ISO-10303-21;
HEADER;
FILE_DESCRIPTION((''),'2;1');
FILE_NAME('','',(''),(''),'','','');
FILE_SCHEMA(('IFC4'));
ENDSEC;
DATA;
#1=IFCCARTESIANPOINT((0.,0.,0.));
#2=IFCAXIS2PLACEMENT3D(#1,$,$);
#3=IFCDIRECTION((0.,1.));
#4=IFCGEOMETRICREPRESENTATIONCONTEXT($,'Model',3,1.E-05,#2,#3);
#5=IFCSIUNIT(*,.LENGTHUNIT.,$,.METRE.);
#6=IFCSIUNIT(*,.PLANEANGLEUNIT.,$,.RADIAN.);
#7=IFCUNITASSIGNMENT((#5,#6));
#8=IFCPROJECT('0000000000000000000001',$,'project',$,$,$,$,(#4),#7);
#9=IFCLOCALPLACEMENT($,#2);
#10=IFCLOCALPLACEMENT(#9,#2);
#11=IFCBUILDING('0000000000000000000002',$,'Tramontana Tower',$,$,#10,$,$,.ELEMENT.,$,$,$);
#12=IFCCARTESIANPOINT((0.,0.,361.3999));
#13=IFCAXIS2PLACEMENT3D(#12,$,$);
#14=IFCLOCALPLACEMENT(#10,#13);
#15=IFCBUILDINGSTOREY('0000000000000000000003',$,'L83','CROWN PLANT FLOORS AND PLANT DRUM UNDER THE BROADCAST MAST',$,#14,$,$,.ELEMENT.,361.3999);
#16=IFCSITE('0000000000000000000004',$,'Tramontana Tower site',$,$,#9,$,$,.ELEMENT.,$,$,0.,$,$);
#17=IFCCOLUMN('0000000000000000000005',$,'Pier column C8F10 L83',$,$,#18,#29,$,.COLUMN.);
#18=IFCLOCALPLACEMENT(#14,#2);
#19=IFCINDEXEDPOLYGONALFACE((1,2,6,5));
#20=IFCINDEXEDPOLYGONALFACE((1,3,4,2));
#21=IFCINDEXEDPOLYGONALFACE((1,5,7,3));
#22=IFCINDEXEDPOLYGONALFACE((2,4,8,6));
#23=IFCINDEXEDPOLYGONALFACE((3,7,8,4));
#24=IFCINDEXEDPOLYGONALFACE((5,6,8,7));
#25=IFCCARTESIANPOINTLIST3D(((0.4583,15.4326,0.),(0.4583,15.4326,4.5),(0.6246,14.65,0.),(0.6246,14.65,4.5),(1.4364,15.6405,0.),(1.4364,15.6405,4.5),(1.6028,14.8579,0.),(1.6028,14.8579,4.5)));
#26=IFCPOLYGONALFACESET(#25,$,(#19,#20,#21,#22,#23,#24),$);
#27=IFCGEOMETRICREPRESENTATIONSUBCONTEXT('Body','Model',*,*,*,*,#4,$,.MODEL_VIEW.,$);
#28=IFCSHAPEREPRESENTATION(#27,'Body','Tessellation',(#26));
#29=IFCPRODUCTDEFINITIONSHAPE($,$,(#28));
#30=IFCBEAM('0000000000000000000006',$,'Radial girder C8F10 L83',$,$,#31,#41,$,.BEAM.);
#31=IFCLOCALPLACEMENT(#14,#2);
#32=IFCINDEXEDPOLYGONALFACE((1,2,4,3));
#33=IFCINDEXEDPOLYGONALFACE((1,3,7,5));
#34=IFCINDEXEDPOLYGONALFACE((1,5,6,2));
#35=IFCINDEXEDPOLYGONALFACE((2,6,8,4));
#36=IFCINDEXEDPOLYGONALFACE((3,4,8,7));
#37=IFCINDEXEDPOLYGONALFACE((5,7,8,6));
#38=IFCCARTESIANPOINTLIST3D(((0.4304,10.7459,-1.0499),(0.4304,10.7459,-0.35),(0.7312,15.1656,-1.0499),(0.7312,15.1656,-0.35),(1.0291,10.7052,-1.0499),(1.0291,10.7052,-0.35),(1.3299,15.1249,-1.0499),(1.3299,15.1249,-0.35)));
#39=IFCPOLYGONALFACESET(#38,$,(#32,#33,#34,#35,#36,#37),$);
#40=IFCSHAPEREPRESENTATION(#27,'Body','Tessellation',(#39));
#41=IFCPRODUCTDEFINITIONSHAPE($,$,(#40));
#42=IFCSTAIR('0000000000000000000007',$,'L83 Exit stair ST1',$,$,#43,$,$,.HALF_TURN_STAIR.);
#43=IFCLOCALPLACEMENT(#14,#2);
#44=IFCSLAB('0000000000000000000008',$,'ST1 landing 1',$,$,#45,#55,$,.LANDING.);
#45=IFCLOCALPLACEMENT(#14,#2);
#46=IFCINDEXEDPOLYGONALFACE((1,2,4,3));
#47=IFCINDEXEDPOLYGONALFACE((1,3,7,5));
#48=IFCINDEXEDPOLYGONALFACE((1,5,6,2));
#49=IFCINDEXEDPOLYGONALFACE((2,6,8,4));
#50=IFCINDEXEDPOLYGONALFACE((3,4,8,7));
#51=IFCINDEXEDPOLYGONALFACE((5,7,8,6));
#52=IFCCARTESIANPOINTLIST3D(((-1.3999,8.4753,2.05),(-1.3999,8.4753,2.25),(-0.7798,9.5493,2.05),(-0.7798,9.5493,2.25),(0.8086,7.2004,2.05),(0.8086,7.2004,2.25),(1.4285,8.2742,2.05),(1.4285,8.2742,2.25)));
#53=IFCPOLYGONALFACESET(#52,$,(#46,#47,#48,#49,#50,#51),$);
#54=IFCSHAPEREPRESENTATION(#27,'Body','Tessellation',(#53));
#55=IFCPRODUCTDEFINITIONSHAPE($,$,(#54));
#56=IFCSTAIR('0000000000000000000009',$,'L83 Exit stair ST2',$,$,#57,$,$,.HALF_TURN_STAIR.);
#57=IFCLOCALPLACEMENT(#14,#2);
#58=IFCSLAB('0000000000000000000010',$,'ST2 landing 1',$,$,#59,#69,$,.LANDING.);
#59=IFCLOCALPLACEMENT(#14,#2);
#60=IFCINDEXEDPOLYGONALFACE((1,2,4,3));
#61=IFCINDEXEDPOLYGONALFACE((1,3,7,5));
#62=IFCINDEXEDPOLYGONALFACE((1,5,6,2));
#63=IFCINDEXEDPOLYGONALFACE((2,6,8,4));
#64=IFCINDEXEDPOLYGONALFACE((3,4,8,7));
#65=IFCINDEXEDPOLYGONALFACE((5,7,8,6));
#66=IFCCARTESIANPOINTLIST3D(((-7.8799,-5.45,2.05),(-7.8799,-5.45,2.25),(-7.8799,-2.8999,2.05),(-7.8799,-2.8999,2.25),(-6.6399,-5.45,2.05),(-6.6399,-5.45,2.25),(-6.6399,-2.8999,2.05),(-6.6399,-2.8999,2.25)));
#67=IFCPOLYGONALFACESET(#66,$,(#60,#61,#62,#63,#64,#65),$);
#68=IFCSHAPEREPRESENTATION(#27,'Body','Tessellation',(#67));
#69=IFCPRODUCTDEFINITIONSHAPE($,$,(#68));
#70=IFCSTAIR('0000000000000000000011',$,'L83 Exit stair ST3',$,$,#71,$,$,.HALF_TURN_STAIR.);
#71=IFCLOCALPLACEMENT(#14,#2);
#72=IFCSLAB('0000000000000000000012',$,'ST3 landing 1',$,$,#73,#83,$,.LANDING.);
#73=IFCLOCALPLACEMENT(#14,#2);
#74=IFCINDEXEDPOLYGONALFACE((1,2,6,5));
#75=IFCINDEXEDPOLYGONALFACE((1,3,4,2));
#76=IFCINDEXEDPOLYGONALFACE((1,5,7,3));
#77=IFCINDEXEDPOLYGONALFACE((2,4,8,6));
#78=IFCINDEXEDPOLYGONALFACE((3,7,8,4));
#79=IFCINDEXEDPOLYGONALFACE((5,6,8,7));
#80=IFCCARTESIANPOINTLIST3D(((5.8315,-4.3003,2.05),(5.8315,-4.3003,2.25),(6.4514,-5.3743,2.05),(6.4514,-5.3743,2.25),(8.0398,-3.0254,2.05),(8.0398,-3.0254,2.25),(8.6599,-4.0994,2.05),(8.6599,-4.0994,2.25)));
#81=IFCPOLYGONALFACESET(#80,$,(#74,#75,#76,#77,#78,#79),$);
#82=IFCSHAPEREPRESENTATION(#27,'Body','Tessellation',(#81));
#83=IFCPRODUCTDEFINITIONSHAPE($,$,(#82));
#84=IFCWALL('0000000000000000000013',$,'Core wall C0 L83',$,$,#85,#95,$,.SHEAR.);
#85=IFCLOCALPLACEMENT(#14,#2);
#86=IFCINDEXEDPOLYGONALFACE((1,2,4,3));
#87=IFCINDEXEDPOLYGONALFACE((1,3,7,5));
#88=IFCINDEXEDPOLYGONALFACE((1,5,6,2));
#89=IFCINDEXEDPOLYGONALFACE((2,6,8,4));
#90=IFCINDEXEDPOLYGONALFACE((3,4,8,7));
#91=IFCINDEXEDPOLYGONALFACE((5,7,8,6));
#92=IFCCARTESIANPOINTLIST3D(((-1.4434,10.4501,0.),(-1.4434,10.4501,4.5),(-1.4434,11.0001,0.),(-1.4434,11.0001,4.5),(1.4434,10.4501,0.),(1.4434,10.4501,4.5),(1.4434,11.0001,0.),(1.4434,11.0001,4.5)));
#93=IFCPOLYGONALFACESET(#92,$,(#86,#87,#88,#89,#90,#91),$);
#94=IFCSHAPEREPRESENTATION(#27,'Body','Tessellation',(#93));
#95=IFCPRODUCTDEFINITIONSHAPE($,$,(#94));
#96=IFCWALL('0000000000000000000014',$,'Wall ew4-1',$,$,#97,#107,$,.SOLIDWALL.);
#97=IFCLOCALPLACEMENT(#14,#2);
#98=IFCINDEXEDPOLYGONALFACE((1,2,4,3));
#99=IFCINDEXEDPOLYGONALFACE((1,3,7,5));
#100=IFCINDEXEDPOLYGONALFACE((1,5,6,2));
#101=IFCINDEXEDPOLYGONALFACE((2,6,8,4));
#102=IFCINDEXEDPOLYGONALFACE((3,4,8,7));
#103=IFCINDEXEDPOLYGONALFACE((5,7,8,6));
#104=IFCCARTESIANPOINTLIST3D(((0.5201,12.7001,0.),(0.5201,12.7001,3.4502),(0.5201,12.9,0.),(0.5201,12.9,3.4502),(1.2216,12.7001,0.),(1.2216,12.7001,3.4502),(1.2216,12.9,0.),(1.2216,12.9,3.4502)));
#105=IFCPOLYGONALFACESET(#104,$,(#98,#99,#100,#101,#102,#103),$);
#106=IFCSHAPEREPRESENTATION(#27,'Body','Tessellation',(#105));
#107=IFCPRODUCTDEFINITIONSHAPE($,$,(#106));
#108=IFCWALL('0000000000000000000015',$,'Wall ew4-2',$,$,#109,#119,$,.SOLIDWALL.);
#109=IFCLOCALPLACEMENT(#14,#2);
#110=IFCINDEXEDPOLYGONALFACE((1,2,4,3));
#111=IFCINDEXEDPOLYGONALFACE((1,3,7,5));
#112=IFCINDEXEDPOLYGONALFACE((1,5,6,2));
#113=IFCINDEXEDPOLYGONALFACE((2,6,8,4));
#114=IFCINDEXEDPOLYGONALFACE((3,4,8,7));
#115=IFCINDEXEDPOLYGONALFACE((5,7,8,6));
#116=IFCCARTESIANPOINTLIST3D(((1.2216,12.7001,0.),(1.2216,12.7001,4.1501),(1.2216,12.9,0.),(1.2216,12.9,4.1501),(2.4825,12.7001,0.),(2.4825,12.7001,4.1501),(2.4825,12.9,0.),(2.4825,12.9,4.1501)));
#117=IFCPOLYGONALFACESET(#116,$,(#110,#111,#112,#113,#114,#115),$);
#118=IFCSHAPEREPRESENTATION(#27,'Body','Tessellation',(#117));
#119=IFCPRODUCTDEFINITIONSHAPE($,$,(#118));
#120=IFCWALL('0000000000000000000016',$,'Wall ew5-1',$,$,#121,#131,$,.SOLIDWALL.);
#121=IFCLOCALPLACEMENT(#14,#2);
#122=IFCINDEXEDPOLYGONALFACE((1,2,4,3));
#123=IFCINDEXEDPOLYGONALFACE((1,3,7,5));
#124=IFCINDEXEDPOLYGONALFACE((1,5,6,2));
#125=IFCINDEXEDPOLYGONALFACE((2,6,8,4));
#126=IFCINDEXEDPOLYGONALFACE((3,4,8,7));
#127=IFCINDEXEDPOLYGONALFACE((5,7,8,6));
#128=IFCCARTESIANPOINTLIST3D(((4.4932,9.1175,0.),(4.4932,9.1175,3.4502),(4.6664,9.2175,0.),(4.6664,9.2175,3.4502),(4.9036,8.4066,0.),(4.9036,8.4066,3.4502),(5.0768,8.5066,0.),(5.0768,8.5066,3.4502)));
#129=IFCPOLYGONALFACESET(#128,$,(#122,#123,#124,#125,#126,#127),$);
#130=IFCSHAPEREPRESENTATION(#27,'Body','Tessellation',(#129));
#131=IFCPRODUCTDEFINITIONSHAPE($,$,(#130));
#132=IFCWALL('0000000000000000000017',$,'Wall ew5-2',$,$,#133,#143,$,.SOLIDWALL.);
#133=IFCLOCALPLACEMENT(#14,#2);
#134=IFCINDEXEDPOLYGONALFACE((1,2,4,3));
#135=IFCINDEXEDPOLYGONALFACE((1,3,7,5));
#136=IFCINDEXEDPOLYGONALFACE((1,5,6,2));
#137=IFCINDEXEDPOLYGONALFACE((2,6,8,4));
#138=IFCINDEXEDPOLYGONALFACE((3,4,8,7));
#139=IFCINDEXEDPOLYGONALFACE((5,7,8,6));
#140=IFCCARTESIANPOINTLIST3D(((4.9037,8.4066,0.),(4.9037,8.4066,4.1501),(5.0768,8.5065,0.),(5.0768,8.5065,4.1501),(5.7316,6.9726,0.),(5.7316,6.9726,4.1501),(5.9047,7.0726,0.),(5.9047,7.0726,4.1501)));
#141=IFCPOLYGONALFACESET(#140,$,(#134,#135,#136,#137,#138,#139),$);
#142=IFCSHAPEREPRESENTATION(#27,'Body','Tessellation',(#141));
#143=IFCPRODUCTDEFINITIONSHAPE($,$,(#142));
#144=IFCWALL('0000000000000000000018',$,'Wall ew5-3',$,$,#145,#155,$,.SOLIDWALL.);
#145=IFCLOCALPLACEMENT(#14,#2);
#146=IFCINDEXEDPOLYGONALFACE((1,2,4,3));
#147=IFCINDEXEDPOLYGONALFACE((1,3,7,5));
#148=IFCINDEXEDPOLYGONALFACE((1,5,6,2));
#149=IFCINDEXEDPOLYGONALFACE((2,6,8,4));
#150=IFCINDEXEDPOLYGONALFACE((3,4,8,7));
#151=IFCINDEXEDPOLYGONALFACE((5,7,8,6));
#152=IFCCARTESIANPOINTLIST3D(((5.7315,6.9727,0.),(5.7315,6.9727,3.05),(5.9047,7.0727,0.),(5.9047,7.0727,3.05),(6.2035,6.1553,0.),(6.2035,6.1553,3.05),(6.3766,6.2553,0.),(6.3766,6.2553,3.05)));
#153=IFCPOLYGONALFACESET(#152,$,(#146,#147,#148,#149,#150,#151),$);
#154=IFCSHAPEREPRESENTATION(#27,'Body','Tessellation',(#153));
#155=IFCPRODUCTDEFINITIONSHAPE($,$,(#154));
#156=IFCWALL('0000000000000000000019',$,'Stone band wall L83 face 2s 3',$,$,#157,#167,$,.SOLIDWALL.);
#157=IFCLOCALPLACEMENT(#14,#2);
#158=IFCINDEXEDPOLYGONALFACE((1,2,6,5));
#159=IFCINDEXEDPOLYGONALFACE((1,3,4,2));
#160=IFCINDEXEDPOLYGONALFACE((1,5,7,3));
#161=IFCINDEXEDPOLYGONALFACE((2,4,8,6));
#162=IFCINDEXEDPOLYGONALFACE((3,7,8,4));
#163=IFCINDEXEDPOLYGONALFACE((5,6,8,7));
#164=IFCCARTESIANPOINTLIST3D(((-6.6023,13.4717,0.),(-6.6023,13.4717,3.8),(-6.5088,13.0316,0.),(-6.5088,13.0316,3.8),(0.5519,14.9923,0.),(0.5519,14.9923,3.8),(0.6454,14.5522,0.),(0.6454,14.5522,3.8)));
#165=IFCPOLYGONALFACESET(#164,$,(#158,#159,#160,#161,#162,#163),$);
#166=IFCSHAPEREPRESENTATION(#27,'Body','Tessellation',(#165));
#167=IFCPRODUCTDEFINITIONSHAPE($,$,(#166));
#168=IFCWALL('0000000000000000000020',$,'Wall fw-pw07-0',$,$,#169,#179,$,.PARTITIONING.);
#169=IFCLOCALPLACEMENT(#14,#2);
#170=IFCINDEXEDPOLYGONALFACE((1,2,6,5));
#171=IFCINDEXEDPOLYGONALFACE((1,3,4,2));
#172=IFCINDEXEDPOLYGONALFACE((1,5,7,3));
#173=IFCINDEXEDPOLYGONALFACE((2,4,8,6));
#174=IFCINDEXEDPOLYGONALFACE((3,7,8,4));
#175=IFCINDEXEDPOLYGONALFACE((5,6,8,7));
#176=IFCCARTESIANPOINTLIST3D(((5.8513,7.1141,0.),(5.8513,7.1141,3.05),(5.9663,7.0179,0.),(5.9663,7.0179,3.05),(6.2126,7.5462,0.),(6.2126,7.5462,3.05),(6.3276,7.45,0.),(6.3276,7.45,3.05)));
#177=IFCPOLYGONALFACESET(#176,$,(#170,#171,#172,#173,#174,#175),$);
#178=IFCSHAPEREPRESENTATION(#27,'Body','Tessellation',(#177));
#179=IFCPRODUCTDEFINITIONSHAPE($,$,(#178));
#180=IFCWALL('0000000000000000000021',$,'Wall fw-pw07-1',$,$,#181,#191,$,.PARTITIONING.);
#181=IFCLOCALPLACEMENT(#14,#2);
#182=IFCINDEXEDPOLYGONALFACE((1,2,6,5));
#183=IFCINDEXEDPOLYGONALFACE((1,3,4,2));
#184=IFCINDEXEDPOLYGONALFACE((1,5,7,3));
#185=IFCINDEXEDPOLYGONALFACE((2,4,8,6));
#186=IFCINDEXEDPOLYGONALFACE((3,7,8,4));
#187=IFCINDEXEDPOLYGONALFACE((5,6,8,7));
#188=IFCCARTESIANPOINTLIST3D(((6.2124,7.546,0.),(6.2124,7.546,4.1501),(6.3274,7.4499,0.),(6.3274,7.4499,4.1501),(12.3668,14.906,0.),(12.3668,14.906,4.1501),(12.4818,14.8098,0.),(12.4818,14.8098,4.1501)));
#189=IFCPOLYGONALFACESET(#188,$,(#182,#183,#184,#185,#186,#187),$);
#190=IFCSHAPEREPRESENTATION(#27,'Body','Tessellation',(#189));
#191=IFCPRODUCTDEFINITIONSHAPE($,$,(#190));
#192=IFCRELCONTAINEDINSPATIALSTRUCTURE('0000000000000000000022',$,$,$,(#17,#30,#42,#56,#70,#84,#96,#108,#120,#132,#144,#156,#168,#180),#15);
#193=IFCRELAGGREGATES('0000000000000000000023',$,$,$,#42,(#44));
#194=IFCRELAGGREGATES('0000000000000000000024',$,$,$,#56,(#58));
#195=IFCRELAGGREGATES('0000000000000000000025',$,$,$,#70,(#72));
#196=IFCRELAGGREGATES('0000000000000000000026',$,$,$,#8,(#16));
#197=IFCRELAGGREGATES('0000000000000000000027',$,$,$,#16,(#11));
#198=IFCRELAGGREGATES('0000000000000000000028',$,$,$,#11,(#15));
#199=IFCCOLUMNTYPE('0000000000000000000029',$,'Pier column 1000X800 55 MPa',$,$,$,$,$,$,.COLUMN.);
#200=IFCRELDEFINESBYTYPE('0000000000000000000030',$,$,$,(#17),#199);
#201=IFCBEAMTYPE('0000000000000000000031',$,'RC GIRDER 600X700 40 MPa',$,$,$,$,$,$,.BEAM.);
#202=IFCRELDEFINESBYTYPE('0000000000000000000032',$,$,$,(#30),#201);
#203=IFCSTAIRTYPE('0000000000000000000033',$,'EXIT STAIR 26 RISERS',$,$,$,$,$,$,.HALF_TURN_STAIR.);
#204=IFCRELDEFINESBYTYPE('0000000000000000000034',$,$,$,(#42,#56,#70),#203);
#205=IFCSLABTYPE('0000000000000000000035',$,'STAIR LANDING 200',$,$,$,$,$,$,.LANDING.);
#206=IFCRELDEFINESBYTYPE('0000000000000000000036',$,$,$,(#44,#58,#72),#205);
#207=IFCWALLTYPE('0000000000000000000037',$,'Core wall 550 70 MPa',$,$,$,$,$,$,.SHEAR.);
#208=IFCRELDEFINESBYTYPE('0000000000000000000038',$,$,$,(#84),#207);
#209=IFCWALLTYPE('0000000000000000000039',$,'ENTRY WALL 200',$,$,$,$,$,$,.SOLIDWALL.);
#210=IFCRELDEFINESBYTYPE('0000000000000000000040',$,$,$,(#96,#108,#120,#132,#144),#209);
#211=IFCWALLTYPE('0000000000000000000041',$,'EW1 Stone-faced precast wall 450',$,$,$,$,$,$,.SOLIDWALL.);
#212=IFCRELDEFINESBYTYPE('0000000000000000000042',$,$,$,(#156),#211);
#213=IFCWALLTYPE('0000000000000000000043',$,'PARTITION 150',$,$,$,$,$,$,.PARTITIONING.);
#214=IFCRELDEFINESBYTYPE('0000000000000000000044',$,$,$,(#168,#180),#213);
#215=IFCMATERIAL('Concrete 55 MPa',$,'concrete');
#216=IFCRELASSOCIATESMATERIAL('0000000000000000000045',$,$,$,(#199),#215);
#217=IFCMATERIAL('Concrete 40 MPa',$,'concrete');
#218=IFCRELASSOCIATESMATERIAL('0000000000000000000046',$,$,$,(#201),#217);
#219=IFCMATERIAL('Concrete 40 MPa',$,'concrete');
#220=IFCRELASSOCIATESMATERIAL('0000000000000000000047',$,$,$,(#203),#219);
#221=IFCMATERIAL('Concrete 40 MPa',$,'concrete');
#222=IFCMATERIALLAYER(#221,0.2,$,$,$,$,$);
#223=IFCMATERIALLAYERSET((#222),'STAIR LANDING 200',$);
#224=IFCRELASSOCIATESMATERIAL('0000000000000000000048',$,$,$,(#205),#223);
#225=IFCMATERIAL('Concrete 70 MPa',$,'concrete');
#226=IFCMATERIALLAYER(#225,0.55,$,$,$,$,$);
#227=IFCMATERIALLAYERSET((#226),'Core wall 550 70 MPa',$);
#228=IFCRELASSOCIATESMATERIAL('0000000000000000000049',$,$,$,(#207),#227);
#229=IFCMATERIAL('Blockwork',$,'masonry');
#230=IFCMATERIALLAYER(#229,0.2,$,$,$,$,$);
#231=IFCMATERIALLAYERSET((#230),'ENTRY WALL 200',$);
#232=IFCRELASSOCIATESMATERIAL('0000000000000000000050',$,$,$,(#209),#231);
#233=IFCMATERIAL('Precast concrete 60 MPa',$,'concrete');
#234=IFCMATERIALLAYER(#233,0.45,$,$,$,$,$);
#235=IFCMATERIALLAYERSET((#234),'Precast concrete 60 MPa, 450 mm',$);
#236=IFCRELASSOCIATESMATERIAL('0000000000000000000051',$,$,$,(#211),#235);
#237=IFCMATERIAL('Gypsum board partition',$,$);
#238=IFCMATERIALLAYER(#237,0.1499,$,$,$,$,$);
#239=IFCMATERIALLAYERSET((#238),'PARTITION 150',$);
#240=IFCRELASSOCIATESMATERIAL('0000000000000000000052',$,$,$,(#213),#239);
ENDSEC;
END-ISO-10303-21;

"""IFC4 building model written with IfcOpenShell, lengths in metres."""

from ifc_helpers import new_model, si_unit, direction, frame, frame_2d, origin, origin_2d, place, context, subcontext, project, spatial, polyline, rectangle, outline, extrude, material, layer, layer_set, material_profile, profile_set, type_object, element, aggregate, save


model = new_model("IFC4")

# Units and contexts
model_context = context("Model", 3, precision=1e-05, world=origin(), true_north=direction((0.0, 1.0)))
body_context = subcontext(model_context, "Body", "Model", "MODEL_VIEW")
ifc_project = project(units=[si_unit("LENGTHUNIT", "METRE"), si_unit("PLANEANGLEUNIT", "RADIAN")], contexts=[model_context])

# Site, building, storey
site_placement = place(None, origin())
site = spatial("IfcSite", under=ifc_project, at=site_placement, Name="Tramontana Tower site", CompositionType="ELEMENT", RefElevation=0.0)
building_placement = place(site_placement, origin())
building = spatial("IfcBuilding", under=site, at=building_placement, Name="Tramontana Tower", CompositionType="ELEMENT")
storey_placement = place(building_placement, frame((0.0, 0.0, 361.3999)))
storey = spatial("IfcBuildingStorey", under=building, at=storey_placement, Name="L83", Description="CROWN PLANT FLOORS AND PLANT DRUM UNDER THE BROADCAST MAST", CompositionType="ELEMENT", Elevation=361.3999)

# Column
ifc_material_1 = material(Name="Concrete 55 MPa", Category="concrete")
ifc_material_profile_1 = material_profile(ifc_material_1, rectangle(XDim=1.0, YDim=0.8, at=origin_2d()), Name="Pier column 1000X800 55 MPa")
ifc_profile_set_1 = profile_set([ifc_material_profile_1], Name="Concrete 55 MPa")
column_type = type_object("IfcColumnType", Name="Pier column 1000X800 55 MPa", PredefinedType="COLUMN", material=ifc_profile_set_1)
column_placement = place(storey_placement, frame((1.0305, 15.1453, 0.0), z_axis=(0.0, 0.0, 1.0), x_axis=(-0.978148, -0.207912, 0.0)))
element("IfcColumn", 1, at=column_placement, inside=storey, type_object=column_type, Name="Pier column C8F10 L83", PredefinedType="COLUMN", context=body_context, shape_type="SweptSolid", body=[
    extrude(rectangle(XDim=1.0, YDim=0.8, at=origin_2d()), origin(), (0.0, 0.0, 1.0), 4.5),
])

# Beam
ifc_material_2 = material(Name="Concrete 40 MPa", Category="concrete")
ifc_material_profile_2 = material_profile(ifc_material_2, rectangle(XDim=0.6001, YDim=0.7, at=origin_2d()), Name="RC GIRDER 600X700 40 MPa")
ifc_profile_set_2 = profile_set([ifc_material_profile_2], Name="Concrete 40 MPa")
beam_type = type_object("IfcBeamType", Name="RC GIRDER 600X700 40 MPa", PredefinedType="BEAM", material=ifc_profile_set_2)
beam_placement = place(storey_placement, frame((1.0305, 15.1453, -0.7), z_axis=(-0.067898, -0.997692, 0.0), x_axis=(0.997692, -0.067898, 0.0)))
element("IfcBeam", 2, at=beam_placement, inside=storey, type_object=beam_type, Name="Radial girder C8F10 L83", PredefinedType="BEAM", context=body_context, shape_type="SweptSolid", body=[
    extrude(rectangle(XDim=0.6001, YDim=0.7, at=origin_2d()), origin(), (0.0, 0.0, 1.0), 4.4299),
])

# Stairs, slabs
ifc_material_3 = material(Name="Concrete 40 MPa", Category="concrete")
stair_type = type_object("IfcStairType", Name="EXIT STAIR 26 RISERS", PredefinedType="HALF_TURN_STAIR", material=ifc_material_3)
stair_1_placement = place(storey_placement, origin())
stair_1 = element("IfcStair", 3, at=stair_1_placement, inside=storey, type_object=stair_type, Name="L83 Exit stair ST1", PredefinedType="HALF_TURN_STAIR")
ifc_material_4 = material(Name="Concrete 40 MPa", Category="concrete")
ifc_layer_1 = layer(ifc_material_4, 0.2)
ifc_layer_set_1 = layer_set([ifc_layer_1], Name="STAIR LANDING 200")
slab_type = type_object("IfcSlabType", Name="STAIR LANDING 200", PredefinedType="LANDING", material=ifc_layer_set_1)
slab_1_placement = place(storey_placement, frame((0.0, 0.0, 2.05)))
slab_1 = element("IfcSlab", 4, at=slab_1_placement, type_object=slab_type, Name="ST1 landing 1", PredefinedType="LANDING", context=body_context, shape_type="SweptSolid", body=[
    extrude(outline(polyline([(0.8086, 7.2004), (1.4285, 8.2742), (-0.7798, 9.5493), (-1.3999, 8.4753), (0.8086, 7.2004)])), origin(), (0.0, 0.0, 1.0), 0.2),
])
aggregate(stair_1, [slab_1])
stair_2_placement = place(storey_placement, origin())
stair_2 = element("IfcStair", 5, at=stair_2_placement, inside=storey, type_object=stair_type, Name="L83 Exit stair ST2", PredefinedType="HALF_TURN_STAIR")
slab_2_placement = place(storey_placement, frame((0.0, 0.0, 2.05)))
slab_2 = element("IfcSlab", 6, at=slab_2_placement, type_object=slab_type, Name="ST2 landing 1", PredefinedType="LANDING", context=body_context, shape_type="SweptSolid", body=[
    extrude(outline(polyline([(-6.6399, -2.8999), (-7.8799, -2.8999), (-7.8799, -5.45), (-6.6399, -5.45), (-6.6399, -2.8999)])), origin(), (0.0, 0.0, 1.0), 0.2),
])
aggregate(stair_2, [slab_2])
stair_3_placement = place(storey_placement, origin())
stair_3 = element("IfcStair", 7, at=stair_3_placement, inside=storey, type_object=stair_type, Name="L83 Exit stair ST3", PredefinedType="HALF_TURN_STAIR")
slab_3_placement = place(storey_placement, frame((0.0, 0.0, 2.05)))
slab_3 = element("IfcSlab", 8, at=slab_3_placement, type_object=slab_type, Name="ST3 landing 1", PredefinedType="LANDING", context=body_context, shape_type="SweptSolid", body=[
    extrude(outline(polyline([(5.8315, -4.3003), (6.4514, -5.3743), (8.6599, -4.0994), (8.0398, -3.0254), (5.8315, -4.3003)])), origin(), (0.0, 0.0, 1.0), 0.2),
])
aggregate(stair_3, [slab_3])

# Walls
ifc_material_5 = material(Name="Concrete 70 MPa", Category="concrete")
ifc_layer_2 = layer(ifc_material_5, 0.55)
ifc_layer_set_2 = layer_set([ifc_layer_2], Name="Core wall 550 70 MPa")
wall_type_1 = type_object("IfcWallType", Name="Core wall 550 70 MPa", PredefinedType="SHEAR", material=ifc_layer_set_2)
wall_1_placement = place(storey_placement, frame((1.4434, 10.7251, 0.0), z_axis=(0.0, 0.0, 1.0), x_axis=(-1.0, 0.0, 0.0)))
element("IfcWall", 9, at=wall_1_placement, inside=storey, type_object=wall_type_1, Name="Core wall C0 L83", PredefinedType="SHEAR", context=body_context, shape_type="SweptSolid", body=[
    extrude(rectangle(XDim=2.8867, YDim=0.55, at=frame_2d((1.4434, 0.0))), origin(), (0.0, 0.0, 1.0), 4.5),
])
ifc_material_6 = material(Name="Blockwork", Category="masonry")
ifc_layer_3 = layer(ifc_material_6, 0.2)
ifc_layer_set_3 = layer_set([ifc_layer_3], Name="ENTRY WALL 200")
wall_type_2 = type_object("IfcWallType", Name="ENTRY WALL 200", PredefinedType="SOLIDWALL", material=ifc_layer_set_3)
wall_2_placement = place(storey_placement, frame((0.5203, 12.8, 0.0), z_axis=(0.0, 0.0, 1.0), x_axis=(1.0, 0.0, 0.0)))
element("IfcWall", 10, at=wall_2_placement, inside=storey, type_object=wall_type_2, Name="Wall ew4-1", PredefinedType="SOLIDWALL", context=body_context, shape_type="SweptSolid", body=[
    extrude(rectangle(XDim=0.7014, YDim=0.2, at=frame_2d((0.3506, 0.0))), origin(), (0.0, 0.0, 1.0), 3.4502),
])
wall_3_placement = place(storey_placement, frame((1.2217, 12.8, 0.0), z_axis=(0.0, 0.0, 1.0), x_axis=(1.0, 0.0, 0.0)))
element("IfcWall", 11, at=wall_3_placement, inside=storey, type_object=wall_type_2, Name="Wall ew4-2", PredefinedType="SOLIDWALL", context=body_context, shape_type="SweptSolid", body=[
    extrude(rectangle(XDim=1.261, YDim=0.2, at=frame_2d((0.6304, 0.0))), origin(), (0.0, 0.0, 1.0), 4.1501),
])

# Walls
wall_4_placement = place(storey_placement, frame((4.5798, 9.1675, 0.0), z_axis=(0.0, 0.0, 1.0), x_axis=(0.499946, -0.866057, 0.0)))
element("IfcWall", 12, at=wall_4_placement, inside=storey, type_object=wall_type_2, Name="Wall ew5-1", PredefinedType="SOLIDWALL", context=body_context, shape_type="SweptSolid", body=[
    extrude(rectangle(XDim=0.8208, YDim=0.2, at=frame_2d((0.4104, 0.0))), origin(), (0.0, 0.0, 1.0), 3.4502),
])
wall_5_placement = place(storey_placement, frame((4.9902, 8.4565, 0.0), z_axis=(0.0, 0.0, 1.0), x_axis=(0.500025, -0.866011, 0.0)))
element("IfcWall", 13, at=wall_5_placement, inside=storey, type_object=wall_type_2, Name="Wall ew5-2", PredefinedType="SOLIDWALL", context=body_context, shape_type="SweptSolid", body=[
    extrude(rectangle(XDim=1.6558, YDim=0.2, at=frame_2d((0.8279, 0.0))), origin(), (0.0, 0.0, 1.0), 4.1501),
])
wall_6_placement = place(storey_placement, frame((5.8181, 7.0227, 0.0), z_axis=(0.0, 0.0, 1.0), x_axis=(0.500006, -0.866022, 0.0)))
element("IfcWall", 14, at=wall_6_placement, inside=storey, type_object=wall_type_2, Name="Wall ew5-3", PredefinedType="SOLIDWALL", context=body_context, shape_type="SweptSolid", body=[
    extrude(rectangle(XDim=0.9438, YDim=0.2, at=frame_2d((0.4719, 0.0))), origin(), (0.0, 0.0, 1.0), 3.05),
])
ifc_material_7 = material(Name="Precast concrete 60 MPa", Category="concrete")
ifc_layer_4 = layer(ifc_material_7, 0.45)
ifc_layer_set_4 = layer_set([ifc_layer_4], Name="Precast concrete 60 MPa, 450 mm")
wall_type_3 = type_object("IfcWallType", Name="EW1 Stone-faced precast wall 450", PredefinedType="SOLIDWALL", material=ifc_layer_set_4)
wall_7_placement = place(storey_placement, frame((0.5986, 14.7722, 0.0), z_axis=(0.0, 0.0, 1.0), x_axis=(-0.978151, -0.207894, 0.0)))
element("IfcWall", 15, at=wall_7_placement, inside=storey, type_object=wall_type_3, Name="Stone band wall L83 face 2s 3", PredefinedType="SOLIDWALL", context=body_context, shape_type="SweptSolid", body=[
    extrude(rectangle(XDim=7.314, YDim=0.45, at=frame_2d((3.657, 0.0))), origin(), (0.0, 0.0, 1.0), 3.8),
])
ifc_material_8 = material(Name="Gypsum board partition")
ifc_layer_5 = layer(ifc_material_8, 0.1499)
ifc_layer_set_5 = layer_set([ifc_layer_5], Name="PARTITION 150")
wall_type_4 = type_object("IfcWallType", Name="PARTITION 150", PredefinedType="PARTITIONING", material=ifc_layer_set_5)
wall_8_placement = place(storey_placement, frame((5.9087, 7.0659, 0.0), z_axis=(0.0, 0.0, 1.0), x_axis=(0.641462, 0.767154, 0.0)))
element("IfcWall", 16, at=wall_8_placement, inside=storey, type_object=wall_type_4, Name="Wall fw-pw07-0", PredefinedType="PARTITIONING", context=body_context, shape_type="SweptSolid", body=[
    extrude(rectangle(XDim=0.5632, YDim=0.1499, at=frame_2d((0.2817, 0.0))), origin(), (0.0, 0.0, 1.0), 3.05),
])
wall_9_placement = place(storey_placement, frame((6.27, 7.498, 0.0), z_axis=(0.0, 0.0, 1.0), x_axis=(0.64148, 0.76714, 0.0)))
element("IfcWall", 17, at=wall_9_placement, inside=storey, type_object=wall_type_4, Name="Wall fw-pw07-1", PredefinedType="PARTITIONING", context=body_context, shape_type="SweptSolid", body=[
    extrude(rectangle(XDim=9.594, YDim=0.1499, at=frame_2d((4.7969, 0.0))), origin(), (0.0, 0.0, 1.0), 4.1501),
])

save(model, "model.ifc")
